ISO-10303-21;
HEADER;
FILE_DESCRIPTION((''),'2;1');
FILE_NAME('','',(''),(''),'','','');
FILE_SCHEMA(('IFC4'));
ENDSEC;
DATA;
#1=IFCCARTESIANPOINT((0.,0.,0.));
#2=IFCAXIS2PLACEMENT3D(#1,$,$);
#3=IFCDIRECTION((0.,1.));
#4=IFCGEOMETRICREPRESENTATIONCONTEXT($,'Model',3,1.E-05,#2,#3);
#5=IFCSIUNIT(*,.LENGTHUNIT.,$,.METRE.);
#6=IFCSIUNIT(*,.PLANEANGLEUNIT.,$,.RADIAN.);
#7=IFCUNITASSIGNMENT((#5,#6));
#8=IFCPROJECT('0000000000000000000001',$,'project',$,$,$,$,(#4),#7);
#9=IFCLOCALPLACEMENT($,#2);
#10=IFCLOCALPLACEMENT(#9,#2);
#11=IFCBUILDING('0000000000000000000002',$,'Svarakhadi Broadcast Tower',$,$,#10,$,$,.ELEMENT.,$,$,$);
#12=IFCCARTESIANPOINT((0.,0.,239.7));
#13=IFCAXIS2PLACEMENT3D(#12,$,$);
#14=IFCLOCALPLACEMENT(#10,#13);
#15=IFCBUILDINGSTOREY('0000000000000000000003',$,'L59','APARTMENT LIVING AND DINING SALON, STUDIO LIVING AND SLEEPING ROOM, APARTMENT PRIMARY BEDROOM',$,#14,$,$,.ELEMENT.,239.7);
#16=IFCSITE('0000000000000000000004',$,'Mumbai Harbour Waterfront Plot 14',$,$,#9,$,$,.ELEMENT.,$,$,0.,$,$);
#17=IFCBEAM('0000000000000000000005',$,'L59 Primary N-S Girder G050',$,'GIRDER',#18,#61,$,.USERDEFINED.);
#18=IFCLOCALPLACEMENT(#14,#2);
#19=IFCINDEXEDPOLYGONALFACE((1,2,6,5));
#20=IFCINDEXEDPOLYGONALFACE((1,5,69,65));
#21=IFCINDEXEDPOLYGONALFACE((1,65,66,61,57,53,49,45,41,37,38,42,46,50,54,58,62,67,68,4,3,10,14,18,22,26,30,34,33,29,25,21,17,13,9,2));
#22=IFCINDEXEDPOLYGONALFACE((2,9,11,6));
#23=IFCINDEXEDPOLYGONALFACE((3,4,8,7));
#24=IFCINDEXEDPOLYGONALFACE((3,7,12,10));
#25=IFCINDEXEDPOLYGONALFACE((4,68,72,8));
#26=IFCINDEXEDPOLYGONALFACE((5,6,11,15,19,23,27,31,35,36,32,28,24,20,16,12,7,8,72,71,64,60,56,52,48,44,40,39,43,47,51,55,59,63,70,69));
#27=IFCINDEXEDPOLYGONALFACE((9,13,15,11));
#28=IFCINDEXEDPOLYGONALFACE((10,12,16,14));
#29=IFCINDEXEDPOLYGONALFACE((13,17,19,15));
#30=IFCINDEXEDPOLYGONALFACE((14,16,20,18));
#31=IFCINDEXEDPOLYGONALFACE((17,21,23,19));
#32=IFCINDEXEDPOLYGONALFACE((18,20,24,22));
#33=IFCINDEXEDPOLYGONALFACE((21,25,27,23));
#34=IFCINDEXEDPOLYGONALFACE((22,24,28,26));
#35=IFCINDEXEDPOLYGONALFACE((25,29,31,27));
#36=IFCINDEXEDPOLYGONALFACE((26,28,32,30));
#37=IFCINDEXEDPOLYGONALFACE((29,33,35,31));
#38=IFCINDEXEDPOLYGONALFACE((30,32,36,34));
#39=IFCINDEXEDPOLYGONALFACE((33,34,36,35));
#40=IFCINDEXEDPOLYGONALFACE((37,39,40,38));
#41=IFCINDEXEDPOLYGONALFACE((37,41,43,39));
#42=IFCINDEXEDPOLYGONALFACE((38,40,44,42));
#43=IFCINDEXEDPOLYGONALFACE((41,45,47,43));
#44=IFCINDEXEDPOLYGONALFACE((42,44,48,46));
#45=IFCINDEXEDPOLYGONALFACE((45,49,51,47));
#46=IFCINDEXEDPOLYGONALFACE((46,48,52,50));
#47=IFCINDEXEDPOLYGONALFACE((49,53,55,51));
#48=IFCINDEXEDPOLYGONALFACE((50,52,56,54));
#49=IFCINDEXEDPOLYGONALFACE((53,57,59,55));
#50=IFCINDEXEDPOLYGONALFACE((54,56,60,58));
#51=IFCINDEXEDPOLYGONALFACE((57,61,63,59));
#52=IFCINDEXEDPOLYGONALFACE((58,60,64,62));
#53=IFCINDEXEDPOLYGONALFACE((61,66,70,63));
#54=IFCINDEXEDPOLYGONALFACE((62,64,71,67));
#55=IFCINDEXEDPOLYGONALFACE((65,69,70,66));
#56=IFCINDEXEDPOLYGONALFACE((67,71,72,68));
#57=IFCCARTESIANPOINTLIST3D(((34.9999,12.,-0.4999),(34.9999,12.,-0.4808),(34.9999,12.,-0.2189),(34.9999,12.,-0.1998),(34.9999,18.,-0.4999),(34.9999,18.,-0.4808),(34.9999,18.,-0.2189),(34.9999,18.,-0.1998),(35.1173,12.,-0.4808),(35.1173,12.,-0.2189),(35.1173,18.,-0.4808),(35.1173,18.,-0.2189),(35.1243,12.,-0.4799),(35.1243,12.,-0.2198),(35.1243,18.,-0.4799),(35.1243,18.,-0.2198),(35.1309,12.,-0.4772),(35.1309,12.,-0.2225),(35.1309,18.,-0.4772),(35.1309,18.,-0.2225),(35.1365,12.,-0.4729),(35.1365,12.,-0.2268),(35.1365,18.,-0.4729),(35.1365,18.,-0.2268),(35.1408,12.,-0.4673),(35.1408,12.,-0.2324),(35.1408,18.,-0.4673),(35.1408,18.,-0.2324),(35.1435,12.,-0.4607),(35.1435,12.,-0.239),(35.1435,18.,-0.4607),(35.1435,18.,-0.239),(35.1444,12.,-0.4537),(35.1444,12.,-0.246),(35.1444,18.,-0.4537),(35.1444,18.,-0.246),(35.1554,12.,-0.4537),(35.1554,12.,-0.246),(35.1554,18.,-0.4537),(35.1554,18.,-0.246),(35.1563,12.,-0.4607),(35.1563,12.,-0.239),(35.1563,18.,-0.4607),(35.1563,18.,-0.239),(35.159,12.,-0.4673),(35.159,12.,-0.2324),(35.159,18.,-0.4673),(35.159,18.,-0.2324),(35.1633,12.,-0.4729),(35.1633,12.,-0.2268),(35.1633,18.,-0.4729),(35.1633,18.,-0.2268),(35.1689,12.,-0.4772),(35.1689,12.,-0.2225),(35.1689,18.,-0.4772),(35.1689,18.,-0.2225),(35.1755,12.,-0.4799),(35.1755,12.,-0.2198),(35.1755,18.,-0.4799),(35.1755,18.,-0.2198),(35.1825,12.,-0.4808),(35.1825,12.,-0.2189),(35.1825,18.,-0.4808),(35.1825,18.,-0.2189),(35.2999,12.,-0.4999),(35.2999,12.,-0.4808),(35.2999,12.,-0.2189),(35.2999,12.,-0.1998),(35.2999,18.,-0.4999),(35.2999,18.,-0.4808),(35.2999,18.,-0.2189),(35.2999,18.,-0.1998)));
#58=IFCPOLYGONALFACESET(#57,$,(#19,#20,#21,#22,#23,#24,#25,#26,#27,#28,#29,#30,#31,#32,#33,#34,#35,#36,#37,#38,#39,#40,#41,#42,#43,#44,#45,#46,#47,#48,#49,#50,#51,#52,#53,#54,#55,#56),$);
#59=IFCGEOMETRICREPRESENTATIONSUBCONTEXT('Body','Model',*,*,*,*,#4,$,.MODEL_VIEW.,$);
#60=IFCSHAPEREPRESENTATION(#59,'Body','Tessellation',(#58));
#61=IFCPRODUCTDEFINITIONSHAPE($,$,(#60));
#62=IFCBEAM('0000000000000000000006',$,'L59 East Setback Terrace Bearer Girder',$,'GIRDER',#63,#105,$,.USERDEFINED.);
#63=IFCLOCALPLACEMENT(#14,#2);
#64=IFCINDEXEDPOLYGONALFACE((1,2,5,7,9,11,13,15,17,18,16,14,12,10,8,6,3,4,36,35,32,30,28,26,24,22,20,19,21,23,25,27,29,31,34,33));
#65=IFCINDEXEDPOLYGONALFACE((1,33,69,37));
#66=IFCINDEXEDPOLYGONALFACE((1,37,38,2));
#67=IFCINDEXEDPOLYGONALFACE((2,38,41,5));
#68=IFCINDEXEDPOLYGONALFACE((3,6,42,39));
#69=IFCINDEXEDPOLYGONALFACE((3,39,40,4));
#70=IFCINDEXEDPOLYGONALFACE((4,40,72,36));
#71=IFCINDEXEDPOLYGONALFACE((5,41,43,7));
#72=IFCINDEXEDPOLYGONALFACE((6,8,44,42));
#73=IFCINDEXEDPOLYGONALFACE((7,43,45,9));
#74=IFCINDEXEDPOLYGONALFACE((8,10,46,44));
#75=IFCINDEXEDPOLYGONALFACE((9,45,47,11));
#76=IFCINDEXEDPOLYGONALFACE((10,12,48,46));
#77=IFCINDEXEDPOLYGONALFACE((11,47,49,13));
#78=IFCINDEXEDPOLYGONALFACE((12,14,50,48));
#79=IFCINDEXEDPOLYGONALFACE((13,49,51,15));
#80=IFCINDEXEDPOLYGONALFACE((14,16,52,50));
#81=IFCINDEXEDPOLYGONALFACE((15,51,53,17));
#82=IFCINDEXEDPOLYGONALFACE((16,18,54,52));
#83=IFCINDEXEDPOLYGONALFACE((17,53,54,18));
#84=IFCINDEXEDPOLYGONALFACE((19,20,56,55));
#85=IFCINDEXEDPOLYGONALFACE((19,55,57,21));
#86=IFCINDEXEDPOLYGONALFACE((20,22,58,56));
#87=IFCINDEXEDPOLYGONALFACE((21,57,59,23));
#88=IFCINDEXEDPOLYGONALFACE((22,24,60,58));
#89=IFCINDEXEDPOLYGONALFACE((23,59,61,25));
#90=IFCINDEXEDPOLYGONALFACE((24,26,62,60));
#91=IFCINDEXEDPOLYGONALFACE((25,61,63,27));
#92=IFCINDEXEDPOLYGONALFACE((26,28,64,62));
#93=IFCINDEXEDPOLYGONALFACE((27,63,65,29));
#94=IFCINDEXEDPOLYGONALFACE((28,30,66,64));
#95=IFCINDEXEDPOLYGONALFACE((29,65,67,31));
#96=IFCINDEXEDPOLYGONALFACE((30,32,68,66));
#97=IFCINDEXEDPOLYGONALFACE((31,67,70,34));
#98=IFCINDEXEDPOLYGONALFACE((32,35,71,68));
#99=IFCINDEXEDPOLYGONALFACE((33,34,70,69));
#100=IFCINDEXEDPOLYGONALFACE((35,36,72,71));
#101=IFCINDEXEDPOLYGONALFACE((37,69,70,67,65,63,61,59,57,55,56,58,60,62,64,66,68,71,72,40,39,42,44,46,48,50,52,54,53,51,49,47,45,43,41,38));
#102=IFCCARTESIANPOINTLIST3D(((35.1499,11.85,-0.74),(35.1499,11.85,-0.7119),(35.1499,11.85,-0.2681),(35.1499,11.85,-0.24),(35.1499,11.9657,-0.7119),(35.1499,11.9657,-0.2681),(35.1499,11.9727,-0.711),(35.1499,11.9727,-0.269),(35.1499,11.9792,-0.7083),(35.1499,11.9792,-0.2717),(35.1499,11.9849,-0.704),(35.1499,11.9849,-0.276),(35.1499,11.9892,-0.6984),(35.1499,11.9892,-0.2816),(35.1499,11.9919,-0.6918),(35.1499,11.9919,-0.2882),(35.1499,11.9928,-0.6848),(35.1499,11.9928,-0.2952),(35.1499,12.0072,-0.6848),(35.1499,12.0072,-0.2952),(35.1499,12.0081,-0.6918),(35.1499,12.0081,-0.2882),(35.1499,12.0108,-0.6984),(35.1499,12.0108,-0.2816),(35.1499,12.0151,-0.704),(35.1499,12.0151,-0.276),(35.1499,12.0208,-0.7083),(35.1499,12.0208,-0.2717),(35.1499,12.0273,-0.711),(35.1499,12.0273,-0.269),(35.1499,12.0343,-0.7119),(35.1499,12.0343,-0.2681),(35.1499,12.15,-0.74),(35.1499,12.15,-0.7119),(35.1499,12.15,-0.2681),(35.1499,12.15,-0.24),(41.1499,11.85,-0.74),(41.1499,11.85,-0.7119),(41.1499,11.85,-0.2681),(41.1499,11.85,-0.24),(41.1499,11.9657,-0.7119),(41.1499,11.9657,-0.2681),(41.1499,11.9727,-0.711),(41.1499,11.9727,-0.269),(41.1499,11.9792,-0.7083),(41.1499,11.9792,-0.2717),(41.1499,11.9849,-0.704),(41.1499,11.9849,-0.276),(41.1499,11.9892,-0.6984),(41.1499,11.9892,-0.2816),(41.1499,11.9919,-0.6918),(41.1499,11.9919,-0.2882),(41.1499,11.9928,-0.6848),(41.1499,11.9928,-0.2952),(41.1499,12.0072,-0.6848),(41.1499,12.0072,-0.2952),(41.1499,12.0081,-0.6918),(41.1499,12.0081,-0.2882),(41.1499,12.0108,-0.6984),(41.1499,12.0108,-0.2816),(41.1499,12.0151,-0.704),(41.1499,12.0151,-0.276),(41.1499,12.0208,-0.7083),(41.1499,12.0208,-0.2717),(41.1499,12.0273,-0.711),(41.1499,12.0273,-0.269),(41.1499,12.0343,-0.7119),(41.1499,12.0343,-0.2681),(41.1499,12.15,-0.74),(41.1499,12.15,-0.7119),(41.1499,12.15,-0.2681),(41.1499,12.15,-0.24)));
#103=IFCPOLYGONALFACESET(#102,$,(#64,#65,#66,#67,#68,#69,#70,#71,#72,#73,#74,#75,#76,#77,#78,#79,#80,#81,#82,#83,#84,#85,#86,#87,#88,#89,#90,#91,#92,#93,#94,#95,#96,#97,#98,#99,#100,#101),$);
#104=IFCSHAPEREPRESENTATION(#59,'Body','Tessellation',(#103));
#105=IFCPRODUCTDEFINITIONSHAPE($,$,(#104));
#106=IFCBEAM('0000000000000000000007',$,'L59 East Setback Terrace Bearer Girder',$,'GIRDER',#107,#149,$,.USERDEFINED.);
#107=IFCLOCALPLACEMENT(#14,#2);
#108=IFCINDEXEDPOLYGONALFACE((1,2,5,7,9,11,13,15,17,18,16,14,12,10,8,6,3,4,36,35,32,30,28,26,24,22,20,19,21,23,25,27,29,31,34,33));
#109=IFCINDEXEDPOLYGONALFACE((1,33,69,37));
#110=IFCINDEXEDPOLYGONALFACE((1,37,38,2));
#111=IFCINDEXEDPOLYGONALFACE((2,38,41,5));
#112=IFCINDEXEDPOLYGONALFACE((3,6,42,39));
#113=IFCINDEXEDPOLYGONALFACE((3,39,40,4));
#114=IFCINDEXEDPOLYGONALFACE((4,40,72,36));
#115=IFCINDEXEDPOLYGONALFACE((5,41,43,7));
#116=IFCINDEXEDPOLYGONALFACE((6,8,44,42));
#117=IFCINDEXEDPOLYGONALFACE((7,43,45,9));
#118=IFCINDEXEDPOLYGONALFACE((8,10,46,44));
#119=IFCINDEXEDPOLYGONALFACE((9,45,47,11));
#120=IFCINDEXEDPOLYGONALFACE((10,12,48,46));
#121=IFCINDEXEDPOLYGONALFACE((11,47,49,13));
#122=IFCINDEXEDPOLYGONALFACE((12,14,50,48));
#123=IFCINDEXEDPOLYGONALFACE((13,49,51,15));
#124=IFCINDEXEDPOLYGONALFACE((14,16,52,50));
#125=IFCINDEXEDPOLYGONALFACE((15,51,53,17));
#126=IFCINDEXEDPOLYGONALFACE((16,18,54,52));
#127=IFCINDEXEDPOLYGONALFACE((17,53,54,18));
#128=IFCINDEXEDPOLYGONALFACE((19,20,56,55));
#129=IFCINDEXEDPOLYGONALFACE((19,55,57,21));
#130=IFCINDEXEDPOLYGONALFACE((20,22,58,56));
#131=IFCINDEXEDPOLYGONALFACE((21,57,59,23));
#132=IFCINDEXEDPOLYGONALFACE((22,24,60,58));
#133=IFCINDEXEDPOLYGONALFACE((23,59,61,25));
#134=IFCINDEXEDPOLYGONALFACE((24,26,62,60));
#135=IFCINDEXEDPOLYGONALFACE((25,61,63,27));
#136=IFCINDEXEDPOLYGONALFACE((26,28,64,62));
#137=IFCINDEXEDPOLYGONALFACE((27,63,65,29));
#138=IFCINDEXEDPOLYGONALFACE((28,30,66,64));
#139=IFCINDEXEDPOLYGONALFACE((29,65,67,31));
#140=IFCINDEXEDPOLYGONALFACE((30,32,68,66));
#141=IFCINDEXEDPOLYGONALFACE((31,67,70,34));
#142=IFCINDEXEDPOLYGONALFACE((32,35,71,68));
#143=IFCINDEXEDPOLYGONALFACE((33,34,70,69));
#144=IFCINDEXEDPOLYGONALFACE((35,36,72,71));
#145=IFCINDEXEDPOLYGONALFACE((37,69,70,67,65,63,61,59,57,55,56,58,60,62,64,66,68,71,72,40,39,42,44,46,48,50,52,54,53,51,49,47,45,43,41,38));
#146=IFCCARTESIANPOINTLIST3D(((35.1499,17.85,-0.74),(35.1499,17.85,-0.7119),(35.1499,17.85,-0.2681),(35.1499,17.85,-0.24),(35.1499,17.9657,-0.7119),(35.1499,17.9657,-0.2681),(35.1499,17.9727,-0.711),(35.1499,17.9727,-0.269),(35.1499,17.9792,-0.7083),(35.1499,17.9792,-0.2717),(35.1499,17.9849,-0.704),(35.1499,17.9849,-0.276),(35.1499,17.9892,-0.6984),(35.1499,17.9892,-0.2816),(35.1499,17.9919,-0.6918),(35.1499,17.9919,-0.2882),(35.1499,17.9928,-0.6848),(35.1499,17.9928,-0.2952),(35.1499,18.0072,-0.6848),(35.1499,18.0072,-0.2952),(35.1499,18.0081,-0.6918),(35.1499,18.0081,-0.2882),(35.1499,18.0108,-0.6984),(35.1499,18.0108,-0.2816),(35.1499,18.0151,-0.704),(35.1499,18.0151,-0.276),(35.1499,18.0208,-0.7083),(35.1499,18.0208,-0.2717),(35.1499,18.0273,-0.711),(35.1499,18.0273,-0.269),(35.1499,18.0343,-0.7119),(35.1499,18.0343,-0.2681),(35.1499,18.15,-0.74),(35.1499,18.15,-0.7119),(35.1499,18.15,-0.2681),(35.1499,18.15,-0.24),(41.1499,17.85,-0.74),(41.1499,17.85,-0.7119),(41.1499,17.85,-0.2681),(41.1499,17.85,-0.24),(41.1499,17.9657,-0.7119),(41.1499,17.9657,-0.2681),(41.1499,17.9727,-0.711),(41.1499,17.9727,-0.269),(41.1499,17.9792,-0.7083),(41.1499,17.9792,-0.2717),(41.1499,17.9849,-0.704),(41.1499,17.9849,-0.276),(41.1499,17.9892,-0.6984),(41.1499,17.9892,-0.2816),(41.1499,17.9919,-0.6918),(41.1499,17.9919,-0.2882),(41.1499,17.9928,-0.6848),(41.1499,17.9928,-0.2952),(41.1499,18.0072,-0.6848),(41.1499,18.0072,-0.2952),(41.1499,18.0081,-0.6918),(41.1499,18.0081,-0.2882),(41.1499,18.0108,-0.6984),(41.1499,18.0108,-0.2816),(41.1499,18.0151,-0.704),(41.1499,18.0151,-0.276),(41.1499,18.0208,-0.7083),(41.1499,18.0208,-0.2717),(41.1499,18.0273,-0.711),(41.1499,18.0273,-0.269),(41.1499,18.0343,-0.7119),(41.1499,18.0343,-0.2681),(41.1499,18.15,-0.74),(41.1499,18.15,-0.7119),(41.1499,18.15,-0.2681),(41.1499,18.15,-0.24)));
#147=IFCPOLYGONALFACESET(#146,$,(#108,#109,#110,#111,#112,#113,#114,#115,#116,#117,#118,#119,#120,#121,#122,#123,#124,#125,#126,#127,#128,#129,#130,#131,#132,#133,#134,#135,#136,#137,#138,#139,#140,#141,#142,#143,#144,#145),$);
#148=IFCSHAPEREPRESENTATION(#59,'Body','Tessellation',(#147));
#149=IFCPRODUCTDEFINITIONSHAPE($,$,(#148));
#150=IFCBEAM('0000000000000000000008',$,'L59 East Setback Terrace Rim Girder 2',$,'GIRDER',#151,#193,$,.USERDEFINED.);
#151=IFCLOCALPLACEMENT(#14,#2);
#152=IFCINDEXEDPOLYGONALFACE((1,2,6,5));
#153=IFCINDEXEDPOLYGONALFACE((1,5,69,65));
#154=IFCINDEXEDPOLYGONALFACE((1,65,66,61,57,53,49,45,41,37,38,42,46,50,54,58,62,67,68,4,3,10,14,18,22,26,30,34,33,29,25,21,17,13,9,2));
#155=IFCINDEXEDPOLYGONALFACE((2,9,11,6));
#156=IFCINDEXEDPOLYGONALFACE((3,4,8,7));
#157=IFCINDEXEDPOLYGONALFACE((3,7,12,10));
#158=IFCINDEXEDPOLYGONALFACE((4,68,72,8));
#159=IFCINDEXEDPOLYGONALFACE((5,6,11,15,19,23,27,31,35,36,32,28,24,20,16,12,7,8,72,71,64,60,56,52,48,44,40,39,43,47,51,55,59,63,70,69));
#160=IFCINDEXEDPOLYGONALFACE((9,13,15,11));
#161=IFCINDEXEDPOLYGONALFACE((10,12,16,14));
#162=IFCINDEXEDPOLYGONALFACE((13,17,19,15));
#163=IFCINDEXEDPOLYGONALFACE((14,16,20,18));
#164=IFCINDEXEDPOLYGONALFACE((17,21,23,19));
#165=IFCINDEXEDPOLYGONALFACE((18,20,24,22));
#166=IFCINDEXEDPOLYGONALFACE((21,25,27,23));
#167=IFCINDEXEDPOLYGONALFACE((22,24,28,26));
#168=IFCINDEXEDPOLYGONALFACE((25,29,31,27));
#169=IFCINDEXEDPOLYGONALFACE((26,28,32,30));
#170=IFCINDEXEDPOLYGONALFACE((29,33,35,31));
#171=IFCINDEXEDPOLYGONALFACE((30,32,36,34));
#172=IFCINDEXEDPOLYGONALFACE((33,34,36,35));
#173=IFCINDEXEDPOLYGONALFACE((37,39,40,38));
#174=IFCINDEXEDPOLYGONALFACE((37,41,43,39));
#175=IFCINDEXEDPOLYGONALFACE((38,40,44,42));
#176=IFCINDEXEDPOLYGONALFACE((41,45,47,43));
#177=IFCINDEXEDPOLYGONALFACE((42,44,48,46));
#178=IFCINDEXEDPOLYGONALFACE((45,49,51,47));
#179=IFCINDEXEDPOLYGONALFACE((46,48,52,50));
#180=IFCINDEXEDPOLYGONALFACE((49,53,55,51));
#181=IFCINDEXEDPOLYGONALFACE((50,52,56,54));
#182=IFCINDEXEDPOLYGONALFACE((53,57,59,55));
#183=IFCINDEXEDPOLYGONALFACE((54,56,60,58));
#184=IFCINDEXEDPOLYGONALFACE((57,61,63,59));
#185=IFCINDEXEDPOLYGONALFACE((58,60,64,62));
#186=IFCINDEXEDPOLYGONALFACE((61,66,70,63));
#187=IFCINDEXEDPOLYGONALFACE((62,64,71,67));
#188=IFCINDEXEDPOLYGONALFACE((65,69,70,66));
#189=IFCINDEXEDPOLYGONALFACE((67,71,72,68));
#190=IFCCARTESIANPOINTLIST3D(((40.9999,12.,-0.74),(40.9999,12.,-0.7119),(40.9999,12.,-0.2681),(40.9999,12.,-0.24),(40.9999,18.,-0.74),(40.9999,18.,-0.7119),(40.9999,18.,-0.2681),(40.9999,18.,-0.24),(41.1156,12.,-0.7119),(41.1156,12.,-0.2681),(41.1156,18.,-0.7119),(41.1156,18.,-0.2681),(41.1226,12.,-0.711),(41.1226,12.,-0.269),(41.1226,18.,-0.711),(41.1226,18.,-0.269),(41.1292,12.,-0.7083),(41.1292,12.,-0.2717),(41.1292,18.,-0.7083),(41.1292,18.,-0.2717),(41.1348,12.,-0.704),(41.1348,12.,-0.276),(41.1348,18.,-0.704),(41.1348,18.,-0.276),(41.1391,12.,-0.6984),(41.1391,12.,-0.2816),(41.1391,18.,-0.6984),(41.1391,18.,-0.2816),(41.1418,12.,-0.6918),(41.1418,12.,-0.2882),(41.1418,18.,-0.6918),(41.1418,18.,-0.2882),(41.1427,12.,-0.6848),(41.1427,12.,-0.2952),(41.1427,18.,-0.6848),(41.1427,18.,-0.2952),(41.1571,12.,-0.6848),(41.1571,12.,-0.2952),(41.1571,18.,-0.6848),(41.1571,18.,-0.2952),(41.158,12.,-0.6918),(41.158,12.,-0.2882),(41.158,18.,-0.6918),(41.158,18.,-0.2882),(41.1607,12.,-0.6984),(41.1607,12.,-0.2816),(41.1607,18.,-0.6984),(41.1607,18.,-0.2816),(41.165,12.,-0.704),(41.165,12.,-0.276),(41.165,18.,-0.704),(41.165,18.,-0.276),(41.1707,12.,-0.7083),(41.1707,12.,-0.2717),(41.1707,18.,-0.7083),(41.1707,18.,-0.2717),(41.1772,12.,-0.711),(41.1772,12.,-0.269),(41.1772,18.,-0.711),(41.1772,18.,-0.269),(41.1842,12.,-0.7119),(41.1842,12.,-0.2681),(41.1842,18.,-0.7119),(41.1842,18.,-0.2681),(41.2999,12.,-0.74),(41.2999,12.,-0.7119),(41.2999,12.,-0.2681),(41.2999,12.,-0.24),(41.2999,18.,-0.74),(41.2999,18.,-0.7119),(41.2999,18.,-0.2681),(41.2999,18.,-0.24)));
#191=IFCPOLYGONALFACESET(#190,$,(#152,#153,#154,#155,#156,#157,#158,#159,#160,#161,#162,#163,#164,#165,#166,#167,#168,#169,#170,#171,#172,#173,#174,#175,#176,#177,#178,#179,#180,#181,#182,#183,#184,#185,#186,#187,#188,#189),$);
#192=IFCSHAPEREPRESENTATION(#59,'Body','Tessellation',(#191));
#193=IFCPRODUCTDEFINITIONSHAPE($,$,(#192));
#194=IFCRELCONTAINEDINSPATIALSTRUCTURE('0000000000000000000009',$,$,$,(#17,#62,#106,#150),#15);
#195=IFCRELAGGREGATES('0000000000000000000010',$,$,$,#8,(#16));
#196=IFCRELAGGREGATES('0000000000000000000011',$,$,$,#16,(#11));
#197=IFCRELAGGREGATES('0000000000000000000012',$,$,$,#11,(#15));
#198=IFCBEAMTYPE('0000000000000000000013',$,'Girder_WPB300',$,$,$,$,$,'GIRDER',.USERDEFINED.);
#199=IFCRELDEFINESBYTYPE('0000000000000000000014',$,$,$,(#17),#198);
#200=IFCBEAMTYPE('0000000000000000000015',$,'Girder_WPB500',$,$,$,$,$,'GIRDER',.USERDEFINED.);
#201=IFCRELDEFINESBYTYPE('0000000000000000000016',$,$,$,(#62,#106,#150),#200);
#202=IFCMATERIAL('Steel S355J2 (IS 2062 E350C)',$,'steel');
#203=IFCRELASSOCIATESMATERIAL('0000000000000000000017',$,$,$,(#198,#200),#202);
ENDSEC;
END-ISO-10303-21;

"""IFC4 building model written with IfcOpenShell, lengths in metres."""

from ifc_helpers import new_model, si_unit, direction, frame, origin, origin_2d, place, context, subcontext, project, spatial, i_section, extrude, material, material_profile, profile_set, type_object, element, save


model = new_model("IFC4")

# Units and contexts
model_context = context("Model", 3, precision=1e-05, world=origin(), true_north=direction((0.0, 1.0)))
body_context = subcontext(model_context, "Body", "Model", "MODEL_VIEW")
ifc_project = project(units=[si_unit("LENGTHUNIT", "METRE"), si_unit("PLANEANGLEUNIT", "RADIAN")], contexts=[model_context])

# Site, building, storey
site_placement = place(None, origin())
site = spatial("IfcSite", under=ifc_project, at=site_placement, Name="Mumbai Harbour Waterfront Plot 14", CompositionType="ELEMENT", RefElevation=0.0)
building_placement = place(site_placement, origin())
building = spatial("IfcBuilding", under=site, at=building_placement, Name="Svarakhadi Broadcast Tower", CompositionType="ELEMENT")
storey_placement = place(building_placement, frame((0.0, 0.0, 239.7)))
storey = spatial("IfcBuildingStorey", under=building, at=storey_placement, Name="L59", Description="APARTMENT LIVING AND DINING SALON, STUDIO LIVING AND SLEEPING ROOM, APARTMENT PRIMARY BEDROOM", CompositionType="ELEMENT", Elevation=239.7)

# Beams
ifc_material_1 = material(Name="Steel S355J2 (IS 2062 E350C)", Category="steel")
ifc_material_profile_1 = material_profile(ifc_material_1, i_section(OverallWidth=0.3, OverallDepth=0.3, WebThickness=0.011, FlangeThickness=0.019, FilletRadius=0.0271, at=origin_2d()), Name="WPB 300x300x117")
ifc_profile_set_1 = profile_set([ifc_material_profile_1], Name="Steel S355J2 (IS 2062 E350C)")
beam_type_1 = type_object("IfcBeamType", Name="Girder_WPB300", ElementType="GIRDER", PredefinedType="USERDEFINED", material=ifc_profile_set_1)
beam_1_placement = place(storey_placement, frame((35.1499, 12.0, -0.3499), z_axis=(0.0, 1.0, 0.0), x_axis=(-1.0, 0.0, 0.0)))
element("IfcBeam", 1, at=beam_1_placement, inside=storey, type_object=beam_type_1, Name="L59 Primary N-S Girder G050", ObjectType="GIRDER", PredefinedType="USERDEFINED", context=body_context, shape_type="SweptSolid", body=[
    extrude(i_section(OverallWidth=0.3, OverallDepth=0.3, WebThickness=0.011, FlangeThickness=0.019, FilletRadius=0.0271, at=origin_2d()), origin(), (0.0, 0.0, 1.0), 6.0),
])
ifc_material_profile_2 = material_profile(ifc_material_1, i_section(OverallWidth=0.3, OverallDepth=0.5, WebThickness=0.0144, FlangeThickness=0.0281, FilletRadius=0.0271, at=origin_2d()), Name="WPB 500x300x187")
ifc_profile_set_2 = profile_set([ifc_material_profile_2], Name="Steel S355J2 (IS 2062 E350C)")
beam_type_2 = type_object("IfcBeamType", Name="Girder_WPB500", ElementType="GIRDER", PredefinedType="USERDEFINED", material=ifc_profile_set_2)
for number, where, z_axis, x_axis, name in (
    (2, (35.1499, 12.0, -0.49), (1.0, 0.0, 0.0), (0.0, 1.0, 0.0), "L59 East Setback Terrace Bearer Girder"),
    (3, (35.1499, 18.0, -0.49), (1.0, 0.0, 0.0), (0.0, 1.0, 0.0), "L59 East Setback Terrace Bearer Girder"),
    (4, (41.1499, 12.0, -0.49), (0.0, 1.0, 0.0), (-1.0, 0.0, 0.0), "L59 East Setback Terrace Rim Girder 2"),
):
    element("IfcBeam", number, at=place(storey_placement, frame(where, z_axis=z_axis, x_axis=x_axis)), inside=storey, type_object=beam_type_2, Name=name, ObjectType="GIRDER", PredefinedType="USERDEFINED", context=body_context, shape_type="SweptSolid", body=[
        extrude(i_section(OverallWidth=0.3, OverallDepth=0.5, WebThickness=0.0144, FlangeThickness=0.0281, FilletRadius=0.0271, at=origin_2d()), origin(), (0.0, 0.0, 1.0), 6.0),
    ])

save(model, "model.ifc")
